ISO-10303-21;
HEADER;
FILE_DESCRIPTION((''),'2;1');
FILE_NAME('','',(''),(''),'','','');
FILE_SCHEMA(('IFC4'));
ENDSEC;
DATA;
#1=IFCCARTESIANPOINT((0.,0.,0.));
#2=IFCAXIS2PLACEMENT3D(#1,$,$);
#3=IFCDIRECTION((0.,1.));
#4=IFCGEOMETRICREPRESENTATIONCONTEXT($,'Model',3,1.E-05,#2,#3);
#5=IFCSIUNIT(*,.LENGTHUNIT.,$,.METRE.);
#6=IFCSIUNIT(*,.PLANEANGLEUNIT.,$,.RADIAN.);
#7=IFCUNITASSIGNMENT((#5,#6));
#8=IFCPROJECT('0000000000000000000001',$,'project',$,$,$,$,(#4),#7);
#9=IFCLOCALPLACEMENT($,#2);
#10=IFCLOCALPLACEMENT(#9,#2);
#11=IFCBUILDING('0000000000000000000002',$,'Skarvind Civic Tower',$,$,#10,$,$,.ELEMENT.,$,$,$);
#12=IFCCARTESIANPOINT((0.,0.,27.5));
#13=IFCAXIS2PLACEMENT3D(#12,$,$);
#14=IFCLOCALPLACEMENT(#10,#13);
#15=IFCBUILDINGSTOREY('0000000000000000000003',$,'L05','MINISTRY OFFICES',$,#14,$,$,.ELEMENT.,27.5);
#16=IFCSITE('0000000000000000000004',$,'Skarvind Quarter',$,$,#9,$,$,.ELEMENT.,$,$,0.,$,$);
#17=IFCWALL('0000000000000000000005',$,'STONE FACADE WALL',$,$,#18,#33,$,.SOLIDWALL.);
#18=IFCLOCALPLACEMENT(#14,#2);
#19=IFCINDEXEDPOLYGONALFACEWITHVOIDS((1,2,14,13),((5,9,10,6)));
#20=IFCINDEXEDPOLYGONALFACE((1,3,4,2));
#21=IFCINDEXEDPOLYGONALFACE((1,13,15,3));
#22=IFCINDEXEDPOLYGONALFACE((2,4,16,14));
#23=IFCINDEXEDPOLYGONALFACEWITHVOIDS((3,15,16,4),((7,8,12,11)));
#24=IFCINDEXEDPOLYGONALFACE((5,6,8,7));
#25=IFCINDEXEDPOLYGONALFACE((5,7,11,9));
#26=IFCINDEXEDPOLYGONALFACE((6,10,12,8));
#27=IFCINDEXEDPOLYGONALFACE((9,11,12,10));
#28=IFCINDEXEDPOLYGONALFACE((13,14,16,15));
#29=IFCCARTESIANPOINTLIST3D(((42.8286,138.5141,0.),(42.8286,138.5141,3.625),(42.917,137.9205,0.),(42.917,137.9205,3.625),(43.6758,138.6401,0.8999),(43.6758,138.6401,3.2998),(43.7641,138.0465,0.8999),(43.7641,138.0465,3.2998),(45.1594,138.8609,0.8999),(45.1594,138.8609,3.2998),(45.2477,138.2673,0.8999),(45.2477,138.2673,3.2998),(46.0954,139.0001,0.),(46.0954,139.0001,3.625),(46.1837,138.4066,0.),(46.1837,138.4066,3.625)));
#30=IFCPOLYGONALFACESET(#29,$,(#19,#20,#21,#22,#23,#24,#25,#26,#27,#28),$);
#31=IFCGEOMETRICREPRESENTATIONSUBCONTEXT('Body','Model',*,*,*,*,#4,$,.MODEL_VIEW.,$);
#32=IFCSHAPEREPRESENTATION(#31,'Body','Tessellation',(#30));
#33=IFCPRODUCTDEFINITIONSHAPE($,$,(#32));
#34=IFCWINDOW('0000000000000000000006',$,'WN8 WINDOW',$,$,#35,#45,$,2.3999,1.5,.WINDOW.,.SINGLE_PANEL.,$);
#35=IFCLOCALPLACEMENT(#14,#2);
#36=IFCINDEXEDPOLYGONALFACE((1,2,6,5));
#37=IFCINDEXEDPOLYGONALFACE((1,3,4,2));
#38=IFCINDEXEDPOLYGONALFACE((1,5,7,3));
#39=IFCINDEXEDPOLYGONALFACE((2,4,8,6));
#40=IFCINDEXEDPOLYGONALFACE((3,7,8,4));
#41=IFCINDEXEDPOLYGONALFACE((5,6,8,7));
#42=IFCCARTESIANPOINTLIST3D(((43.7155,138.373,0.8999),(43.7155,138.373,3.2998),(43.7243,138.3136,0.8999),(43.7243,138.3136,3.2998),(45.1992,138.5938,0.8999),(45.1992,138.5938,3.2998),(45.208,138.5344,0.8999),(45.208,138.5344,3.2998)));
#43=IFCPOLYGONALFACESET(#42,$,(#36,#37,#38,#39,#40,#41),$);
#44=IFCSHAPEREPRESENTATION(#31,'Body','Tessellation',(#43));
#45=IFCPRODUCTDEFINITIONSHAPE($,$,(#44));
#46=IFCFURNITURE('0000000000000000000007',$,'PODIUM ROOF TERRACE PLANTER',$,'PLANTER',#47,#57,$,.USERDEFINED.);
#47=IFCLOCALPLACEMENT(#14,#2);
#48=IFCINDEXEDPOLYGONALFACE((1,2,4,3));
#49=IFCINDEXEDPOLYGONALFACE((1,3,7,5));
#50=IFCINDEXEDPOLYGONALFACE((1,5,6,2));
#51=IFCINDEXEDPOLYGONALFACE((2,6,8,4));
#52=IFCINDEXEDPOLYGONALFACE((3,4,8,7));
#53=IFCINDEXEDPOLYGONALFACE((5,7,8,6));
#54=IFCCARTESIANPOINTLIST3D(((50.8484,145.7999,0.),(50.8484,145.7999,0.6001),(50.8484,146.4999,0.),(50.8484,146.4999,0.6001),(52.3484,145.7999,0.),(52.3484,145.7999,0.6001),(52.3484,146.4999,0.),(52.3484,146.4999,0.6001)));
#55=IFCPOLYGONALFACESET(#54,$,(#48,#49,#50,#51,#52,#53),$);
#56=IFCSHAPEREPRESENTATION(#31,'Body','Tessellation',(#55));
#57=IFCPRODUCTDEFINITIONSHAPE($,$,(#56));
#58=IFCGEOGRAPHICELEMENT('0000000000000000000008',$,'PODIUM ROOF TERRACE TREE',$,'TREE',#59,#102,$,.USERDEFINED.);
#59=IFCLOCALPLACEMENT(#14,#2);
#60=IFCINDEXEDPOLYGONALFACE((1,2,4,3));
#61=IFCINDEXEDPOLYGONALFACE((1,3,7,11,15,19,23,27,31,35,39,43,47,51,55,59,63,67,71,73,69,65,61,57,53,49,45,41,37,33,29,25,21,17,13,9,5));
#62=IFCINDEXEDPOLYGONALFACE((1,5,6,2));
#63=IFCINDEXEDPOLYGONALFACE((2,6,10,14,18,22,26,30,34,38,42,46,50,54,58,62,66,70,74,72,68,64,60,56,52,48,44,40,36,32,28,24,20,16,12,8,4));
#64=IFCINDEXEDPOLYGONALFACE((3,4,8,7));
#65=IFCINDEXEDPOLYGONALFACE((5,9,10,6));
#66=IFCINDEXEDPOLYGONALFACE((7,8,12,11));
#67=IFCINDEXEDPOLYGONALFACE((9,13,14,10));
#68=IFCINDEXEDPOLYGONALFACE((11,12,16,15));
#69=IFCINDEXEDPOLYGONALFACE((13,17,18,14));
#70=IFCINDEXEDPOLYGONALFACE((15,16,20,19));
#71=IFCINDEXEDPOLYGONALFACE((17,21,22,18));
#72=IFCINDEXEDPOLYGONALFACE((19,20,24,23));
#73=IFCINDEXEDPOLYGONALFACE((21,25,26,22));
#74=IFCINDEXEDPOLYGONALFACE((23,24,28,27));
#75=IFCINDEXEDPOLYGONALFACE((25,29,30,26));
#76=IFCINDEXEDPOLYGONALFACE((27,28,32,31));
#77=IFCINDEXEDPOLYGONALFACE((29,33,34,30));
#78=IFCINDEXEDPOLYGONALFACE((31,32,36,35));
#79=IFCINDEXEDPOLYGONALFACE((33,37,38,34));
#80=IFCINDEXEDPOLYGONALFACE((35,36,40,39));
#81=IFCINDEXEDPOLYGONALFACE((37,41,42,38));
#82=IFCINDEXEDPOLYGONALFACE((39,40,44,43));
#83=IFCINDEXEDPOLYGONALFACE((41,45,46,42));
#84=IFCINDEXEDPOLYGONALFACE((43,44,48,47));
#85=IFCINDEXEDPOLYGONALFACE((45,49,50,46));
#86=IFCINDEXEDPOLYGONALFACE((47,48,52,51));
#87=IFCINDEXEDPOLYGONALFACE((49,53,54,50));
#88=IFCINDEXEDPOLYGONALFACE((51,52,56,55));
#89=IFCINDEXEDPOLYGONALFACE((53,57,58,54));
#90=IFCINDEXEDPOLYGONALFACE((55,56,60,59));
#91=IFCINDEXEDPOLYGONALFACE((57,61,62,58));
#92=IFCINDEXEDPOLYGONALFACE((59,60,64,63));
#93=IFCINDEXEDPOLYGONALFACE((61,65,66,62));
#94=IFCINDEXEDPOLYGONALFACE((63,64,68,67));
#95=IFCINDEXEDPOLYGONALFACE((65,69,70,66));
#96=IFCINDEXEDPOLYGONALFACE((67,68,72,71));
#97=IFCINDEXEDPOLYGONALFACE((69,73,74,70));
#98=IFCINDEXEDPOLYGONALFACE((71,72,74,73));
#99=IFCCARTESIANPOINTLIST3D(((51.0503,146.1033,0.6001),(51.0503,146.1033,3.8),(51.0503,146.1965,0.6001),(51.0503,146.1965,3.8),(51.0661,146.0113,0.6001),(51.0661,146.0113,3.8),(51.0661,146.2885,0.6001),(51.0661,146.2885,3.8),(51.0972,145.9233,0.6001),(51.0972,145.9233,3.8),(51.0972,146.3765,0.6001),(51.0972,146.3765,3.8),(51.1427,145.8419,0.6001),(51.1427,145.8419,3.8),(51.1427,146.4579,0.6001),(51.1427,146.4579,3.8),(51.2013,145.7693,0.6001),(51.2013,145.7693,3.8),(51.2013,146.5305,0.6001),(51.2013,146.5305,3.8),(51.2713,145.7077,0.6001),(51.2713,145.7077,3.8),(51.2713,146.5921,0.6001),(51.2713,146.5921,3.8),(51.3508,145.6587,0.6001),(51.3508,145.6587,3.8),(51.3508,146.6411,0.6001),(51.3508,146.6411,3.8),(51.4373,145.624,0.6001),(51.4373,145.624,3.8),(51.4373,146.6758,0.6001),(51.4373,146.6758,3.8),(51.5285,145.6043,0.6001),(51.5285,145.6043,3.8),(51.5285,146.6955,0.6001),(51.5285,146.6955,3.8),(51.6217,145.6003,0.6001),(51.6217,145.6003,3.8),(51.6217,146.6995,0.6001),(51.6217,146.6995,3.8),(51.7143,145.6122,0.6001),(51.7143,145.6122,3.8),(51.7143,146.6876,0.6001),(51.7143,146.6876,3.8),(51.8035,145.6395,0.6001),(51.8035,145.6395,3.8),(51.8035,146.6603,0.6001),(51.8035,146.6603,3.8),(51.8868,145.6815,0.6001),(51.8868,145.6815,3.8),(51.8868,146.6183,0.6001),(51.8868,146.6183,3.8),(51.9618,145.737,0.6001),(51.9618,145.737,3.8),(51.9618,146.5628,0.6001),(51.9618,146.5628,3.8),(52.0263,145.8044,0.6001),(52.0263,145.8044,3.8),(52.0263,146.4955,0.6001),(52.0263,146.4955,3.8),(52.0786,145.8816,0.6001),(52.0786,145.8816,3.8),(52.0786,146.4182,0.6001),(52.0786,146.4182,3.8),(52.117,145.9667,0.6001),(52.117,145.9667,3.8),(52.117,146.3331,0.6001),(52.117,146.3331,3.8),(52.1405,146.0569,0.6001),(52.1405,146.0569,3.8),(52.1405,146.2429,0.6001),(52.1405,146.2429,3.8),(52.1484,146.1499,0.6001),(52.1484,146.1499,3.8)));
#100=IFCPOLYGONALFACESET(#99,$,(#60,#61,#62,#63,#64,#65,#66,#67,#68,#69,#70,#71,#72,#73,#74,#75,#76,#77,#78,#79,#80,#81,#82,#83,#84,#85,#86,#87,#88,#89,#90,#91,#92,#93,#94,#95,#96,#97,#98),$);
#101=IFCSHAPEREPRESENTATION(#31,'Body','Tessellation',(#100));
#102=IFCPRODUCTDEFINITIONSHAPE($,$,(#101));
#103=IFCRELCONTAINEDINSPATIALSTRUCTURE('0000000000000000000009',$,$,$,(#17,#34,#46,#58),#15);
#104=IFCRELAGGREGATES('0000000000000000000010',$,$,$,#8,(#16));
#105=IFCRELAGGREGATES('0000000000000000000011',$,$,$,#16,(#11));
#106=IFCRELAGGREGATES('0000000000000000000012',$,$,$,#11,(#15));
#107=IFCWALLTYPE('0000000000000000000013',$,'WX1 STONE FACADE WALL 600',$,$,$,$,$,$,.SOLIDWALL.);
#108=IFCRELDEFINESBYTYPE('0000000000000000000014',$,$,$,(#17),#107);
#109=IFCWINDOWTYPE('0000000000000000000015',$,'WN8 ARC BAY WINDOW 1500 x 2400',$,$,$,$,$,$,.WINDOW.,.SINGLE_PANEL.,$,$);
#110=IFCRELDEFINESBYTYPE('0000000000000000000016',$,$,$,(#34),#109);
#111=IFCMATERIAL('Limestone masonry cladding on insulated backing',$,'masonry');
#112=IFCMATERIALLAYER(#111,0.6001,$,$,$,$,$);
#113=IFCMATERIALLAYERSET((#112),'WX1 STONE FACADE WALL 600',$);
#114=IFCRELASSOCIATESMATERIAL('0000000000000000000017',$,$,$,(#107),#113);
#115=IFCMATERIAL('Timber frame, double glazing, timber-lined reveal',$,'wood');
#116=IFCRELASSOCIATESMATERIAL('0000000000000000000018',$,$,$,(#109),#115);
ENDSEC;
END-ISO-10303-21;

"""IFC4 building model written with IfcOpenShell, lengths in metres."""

from ifc_helpers import new_model, si_unit, direction, frame, frame_2d, origin, origin_2d, place, context, subcontext, project, spatial, rectangle, circle, extrude, material, layer, layer_set, type_object, element, fill, save


model = new_model("IFC4")

# Units and contexts
model_context = context("Model", 3, precision=1e-05, world=origin(), true_north=direction((0.0, 1.0)))
body_context = subcontext(model_context, "Body", "Model", "MODEL_VIEW")
ifc_project = project(units=[si_unit("LENGTHUNIT", "METRE"), si_unit("PLANEANGLEUNIT", "RADIAN")], contexts=[model_context])

# Site, building, storey
site_placement = place(None, origin())
site = spatial("IfcSite", under=ifc_project, at=site_placement, Name="Skarvind Quarter", CompositionType="ELEMENT", RefElevation=0.0)
building_placement = place(site_placement, origin())
building = spatial("IfcBuilding", under=site, at=building_placement, Name="Skarvind Civic Tower", CompositionType="ELEMENT")
storey_placement = place(building_placement, frame((0.0, 0.0, 27.5)))
storey = spatial("IfcBuildingStorey", under=building, at=storey_placement, Name="L05", Description="MINISTRY OFFICES", CompositionType="ELEMENT", Elevation=27.5)

# Shared definitions
ifc_material_1 = material(Name="Limestone masonry cladding on insulated backing", Category="masonry")
ifc_layer_1 = layer(ifc_material_1, 0.6001)
ifc_layer_set_1 = layer_set([ifc_layer_1], Name="WX1 STONE FACADE WALL 600")
wall_type_1 = type_object("IfcWallType", Name="WX1 STONE FACADE WALL 600", PredefinedType="SOLIDWALL", material=ifc_layer_set_1)
ifc_material_2 = material(Name="Timber frame, double glazing, timber-lined reveal", Category="wood")

# Wall, opening, window
wall_1_placement = place(storey_placement, frame((42.8728, 138.2173, 0.0), z_axis=(0.0, 0.0, 1.0), x_axis=(0.989111, 0.147173, 0.0)))
wall_1 = element("IfcWall", 1, at=wall_1_placement, inside=storey, type_object=wall_type_1, Name="STONE FACADE WALL", PredefinedType="SOLIDWALL", context=body_context, shape_type="SweptSolid", body=[
    extrude(rectangle(XDim=3.3027, YDim=0.6001, at=frame_2d((1.6514, 0.0))), origin(), (0.0, 0.0, 1.0), 3.625),
])
opening_1_placement = place(wall_1_placement, frame((0.8564, 0.0, 0.8999)))
opening_1 = element("IfcOpeningElement", 2, at=opening_1_placement, cuts=wall_1, PredefinedType="OPENING", context=body_context, shape_type="SweptSolid", body=[
    extrude(rectangle(XDim=1.5, YDim=2.3999, at=frame_2d((0.75, 1.2))), frame((0.0, 0.3101, 0.0), z_axis=(0.0, -1.0, 0.0), x_axis=(1.0, 0.0, 0.0)), (0.0, 0.0, 1.0), 0.6201),
])
window_type_1 = type_object("IfcWindowType", Name="WN8 ARC BAY WINDOW 1500 x 2400", PartitioningType="SINGLE_PANEL", PredefinedType="WINDOW", material=ifc_material_2)
window_1_placement = place(opening_1_placement, origin())
window_1 = element("IfcWindow", 3, at=window_1_placement, inside=storey, type_object=window_type_1, Name="WN8 WINDOW", OverallHeight=2.3999, OverallWidth=1.5, PartitioningType="SINGLE_PANEL", PredefinedType="WINDOW", context=body_context, shape_type="SweptSolid", body=[
    extrude(rectangle(XDim=1.5, YDim=2.3999, at=frame_2d((0.75, 1.2))), frame((0.0, 0.03, 0.0), z_axis=(0.0, -1.0, 0.0), x_axis=(1.0, 0.0, 0.0)), (0.0, 0.0, 1.0), 0.0601),
])
fill(opening_1, window_1)

# Furniture
furniture_placement = place(storey_placement, frame((51.5984, 146.1499, 0.0), z_axis=(0.0, 0.0, 1.0), x_axis=(1.0, 0.0, 0.0)))
element("IfcFurniture", 4, at=furniture_placement, inside=storey, Name="PODIUM ROOF TERRACE PLANTER", ObjectType="PLANTER", PredefinedType="USERDEFINED", context=body_context, shape_type="SweptSolid", body=[
    extrude(rectangle(XDim=1.5, YDim=0.7, at=origin_2d()), origin(), (0.0, 0.0, 1.0), 0.6001),
])

# Geographic element
geographic_element_placement = place(storey_placement, frame((51.5984, 146.1499, 0.6001), z_axis=(0.0, 0.0, 1.0), x_axis=(1.0, 0.0, 0.0)))
element("IfcGeographicElement", 5, at=geographic_element_placement, inside=storey, Name="PODIUM ROOF TERRACE TREE", ObjectType="TREE", PredefinedType="USERDEFINED", context=body_context, shape_type="SweptSolid", body=[
    extrude(circle(Radius=0.55, at=origin_2d()), origin(), (0.0, 0.0, 1.0), 3.2),
])

save(model, "model.ifc")
